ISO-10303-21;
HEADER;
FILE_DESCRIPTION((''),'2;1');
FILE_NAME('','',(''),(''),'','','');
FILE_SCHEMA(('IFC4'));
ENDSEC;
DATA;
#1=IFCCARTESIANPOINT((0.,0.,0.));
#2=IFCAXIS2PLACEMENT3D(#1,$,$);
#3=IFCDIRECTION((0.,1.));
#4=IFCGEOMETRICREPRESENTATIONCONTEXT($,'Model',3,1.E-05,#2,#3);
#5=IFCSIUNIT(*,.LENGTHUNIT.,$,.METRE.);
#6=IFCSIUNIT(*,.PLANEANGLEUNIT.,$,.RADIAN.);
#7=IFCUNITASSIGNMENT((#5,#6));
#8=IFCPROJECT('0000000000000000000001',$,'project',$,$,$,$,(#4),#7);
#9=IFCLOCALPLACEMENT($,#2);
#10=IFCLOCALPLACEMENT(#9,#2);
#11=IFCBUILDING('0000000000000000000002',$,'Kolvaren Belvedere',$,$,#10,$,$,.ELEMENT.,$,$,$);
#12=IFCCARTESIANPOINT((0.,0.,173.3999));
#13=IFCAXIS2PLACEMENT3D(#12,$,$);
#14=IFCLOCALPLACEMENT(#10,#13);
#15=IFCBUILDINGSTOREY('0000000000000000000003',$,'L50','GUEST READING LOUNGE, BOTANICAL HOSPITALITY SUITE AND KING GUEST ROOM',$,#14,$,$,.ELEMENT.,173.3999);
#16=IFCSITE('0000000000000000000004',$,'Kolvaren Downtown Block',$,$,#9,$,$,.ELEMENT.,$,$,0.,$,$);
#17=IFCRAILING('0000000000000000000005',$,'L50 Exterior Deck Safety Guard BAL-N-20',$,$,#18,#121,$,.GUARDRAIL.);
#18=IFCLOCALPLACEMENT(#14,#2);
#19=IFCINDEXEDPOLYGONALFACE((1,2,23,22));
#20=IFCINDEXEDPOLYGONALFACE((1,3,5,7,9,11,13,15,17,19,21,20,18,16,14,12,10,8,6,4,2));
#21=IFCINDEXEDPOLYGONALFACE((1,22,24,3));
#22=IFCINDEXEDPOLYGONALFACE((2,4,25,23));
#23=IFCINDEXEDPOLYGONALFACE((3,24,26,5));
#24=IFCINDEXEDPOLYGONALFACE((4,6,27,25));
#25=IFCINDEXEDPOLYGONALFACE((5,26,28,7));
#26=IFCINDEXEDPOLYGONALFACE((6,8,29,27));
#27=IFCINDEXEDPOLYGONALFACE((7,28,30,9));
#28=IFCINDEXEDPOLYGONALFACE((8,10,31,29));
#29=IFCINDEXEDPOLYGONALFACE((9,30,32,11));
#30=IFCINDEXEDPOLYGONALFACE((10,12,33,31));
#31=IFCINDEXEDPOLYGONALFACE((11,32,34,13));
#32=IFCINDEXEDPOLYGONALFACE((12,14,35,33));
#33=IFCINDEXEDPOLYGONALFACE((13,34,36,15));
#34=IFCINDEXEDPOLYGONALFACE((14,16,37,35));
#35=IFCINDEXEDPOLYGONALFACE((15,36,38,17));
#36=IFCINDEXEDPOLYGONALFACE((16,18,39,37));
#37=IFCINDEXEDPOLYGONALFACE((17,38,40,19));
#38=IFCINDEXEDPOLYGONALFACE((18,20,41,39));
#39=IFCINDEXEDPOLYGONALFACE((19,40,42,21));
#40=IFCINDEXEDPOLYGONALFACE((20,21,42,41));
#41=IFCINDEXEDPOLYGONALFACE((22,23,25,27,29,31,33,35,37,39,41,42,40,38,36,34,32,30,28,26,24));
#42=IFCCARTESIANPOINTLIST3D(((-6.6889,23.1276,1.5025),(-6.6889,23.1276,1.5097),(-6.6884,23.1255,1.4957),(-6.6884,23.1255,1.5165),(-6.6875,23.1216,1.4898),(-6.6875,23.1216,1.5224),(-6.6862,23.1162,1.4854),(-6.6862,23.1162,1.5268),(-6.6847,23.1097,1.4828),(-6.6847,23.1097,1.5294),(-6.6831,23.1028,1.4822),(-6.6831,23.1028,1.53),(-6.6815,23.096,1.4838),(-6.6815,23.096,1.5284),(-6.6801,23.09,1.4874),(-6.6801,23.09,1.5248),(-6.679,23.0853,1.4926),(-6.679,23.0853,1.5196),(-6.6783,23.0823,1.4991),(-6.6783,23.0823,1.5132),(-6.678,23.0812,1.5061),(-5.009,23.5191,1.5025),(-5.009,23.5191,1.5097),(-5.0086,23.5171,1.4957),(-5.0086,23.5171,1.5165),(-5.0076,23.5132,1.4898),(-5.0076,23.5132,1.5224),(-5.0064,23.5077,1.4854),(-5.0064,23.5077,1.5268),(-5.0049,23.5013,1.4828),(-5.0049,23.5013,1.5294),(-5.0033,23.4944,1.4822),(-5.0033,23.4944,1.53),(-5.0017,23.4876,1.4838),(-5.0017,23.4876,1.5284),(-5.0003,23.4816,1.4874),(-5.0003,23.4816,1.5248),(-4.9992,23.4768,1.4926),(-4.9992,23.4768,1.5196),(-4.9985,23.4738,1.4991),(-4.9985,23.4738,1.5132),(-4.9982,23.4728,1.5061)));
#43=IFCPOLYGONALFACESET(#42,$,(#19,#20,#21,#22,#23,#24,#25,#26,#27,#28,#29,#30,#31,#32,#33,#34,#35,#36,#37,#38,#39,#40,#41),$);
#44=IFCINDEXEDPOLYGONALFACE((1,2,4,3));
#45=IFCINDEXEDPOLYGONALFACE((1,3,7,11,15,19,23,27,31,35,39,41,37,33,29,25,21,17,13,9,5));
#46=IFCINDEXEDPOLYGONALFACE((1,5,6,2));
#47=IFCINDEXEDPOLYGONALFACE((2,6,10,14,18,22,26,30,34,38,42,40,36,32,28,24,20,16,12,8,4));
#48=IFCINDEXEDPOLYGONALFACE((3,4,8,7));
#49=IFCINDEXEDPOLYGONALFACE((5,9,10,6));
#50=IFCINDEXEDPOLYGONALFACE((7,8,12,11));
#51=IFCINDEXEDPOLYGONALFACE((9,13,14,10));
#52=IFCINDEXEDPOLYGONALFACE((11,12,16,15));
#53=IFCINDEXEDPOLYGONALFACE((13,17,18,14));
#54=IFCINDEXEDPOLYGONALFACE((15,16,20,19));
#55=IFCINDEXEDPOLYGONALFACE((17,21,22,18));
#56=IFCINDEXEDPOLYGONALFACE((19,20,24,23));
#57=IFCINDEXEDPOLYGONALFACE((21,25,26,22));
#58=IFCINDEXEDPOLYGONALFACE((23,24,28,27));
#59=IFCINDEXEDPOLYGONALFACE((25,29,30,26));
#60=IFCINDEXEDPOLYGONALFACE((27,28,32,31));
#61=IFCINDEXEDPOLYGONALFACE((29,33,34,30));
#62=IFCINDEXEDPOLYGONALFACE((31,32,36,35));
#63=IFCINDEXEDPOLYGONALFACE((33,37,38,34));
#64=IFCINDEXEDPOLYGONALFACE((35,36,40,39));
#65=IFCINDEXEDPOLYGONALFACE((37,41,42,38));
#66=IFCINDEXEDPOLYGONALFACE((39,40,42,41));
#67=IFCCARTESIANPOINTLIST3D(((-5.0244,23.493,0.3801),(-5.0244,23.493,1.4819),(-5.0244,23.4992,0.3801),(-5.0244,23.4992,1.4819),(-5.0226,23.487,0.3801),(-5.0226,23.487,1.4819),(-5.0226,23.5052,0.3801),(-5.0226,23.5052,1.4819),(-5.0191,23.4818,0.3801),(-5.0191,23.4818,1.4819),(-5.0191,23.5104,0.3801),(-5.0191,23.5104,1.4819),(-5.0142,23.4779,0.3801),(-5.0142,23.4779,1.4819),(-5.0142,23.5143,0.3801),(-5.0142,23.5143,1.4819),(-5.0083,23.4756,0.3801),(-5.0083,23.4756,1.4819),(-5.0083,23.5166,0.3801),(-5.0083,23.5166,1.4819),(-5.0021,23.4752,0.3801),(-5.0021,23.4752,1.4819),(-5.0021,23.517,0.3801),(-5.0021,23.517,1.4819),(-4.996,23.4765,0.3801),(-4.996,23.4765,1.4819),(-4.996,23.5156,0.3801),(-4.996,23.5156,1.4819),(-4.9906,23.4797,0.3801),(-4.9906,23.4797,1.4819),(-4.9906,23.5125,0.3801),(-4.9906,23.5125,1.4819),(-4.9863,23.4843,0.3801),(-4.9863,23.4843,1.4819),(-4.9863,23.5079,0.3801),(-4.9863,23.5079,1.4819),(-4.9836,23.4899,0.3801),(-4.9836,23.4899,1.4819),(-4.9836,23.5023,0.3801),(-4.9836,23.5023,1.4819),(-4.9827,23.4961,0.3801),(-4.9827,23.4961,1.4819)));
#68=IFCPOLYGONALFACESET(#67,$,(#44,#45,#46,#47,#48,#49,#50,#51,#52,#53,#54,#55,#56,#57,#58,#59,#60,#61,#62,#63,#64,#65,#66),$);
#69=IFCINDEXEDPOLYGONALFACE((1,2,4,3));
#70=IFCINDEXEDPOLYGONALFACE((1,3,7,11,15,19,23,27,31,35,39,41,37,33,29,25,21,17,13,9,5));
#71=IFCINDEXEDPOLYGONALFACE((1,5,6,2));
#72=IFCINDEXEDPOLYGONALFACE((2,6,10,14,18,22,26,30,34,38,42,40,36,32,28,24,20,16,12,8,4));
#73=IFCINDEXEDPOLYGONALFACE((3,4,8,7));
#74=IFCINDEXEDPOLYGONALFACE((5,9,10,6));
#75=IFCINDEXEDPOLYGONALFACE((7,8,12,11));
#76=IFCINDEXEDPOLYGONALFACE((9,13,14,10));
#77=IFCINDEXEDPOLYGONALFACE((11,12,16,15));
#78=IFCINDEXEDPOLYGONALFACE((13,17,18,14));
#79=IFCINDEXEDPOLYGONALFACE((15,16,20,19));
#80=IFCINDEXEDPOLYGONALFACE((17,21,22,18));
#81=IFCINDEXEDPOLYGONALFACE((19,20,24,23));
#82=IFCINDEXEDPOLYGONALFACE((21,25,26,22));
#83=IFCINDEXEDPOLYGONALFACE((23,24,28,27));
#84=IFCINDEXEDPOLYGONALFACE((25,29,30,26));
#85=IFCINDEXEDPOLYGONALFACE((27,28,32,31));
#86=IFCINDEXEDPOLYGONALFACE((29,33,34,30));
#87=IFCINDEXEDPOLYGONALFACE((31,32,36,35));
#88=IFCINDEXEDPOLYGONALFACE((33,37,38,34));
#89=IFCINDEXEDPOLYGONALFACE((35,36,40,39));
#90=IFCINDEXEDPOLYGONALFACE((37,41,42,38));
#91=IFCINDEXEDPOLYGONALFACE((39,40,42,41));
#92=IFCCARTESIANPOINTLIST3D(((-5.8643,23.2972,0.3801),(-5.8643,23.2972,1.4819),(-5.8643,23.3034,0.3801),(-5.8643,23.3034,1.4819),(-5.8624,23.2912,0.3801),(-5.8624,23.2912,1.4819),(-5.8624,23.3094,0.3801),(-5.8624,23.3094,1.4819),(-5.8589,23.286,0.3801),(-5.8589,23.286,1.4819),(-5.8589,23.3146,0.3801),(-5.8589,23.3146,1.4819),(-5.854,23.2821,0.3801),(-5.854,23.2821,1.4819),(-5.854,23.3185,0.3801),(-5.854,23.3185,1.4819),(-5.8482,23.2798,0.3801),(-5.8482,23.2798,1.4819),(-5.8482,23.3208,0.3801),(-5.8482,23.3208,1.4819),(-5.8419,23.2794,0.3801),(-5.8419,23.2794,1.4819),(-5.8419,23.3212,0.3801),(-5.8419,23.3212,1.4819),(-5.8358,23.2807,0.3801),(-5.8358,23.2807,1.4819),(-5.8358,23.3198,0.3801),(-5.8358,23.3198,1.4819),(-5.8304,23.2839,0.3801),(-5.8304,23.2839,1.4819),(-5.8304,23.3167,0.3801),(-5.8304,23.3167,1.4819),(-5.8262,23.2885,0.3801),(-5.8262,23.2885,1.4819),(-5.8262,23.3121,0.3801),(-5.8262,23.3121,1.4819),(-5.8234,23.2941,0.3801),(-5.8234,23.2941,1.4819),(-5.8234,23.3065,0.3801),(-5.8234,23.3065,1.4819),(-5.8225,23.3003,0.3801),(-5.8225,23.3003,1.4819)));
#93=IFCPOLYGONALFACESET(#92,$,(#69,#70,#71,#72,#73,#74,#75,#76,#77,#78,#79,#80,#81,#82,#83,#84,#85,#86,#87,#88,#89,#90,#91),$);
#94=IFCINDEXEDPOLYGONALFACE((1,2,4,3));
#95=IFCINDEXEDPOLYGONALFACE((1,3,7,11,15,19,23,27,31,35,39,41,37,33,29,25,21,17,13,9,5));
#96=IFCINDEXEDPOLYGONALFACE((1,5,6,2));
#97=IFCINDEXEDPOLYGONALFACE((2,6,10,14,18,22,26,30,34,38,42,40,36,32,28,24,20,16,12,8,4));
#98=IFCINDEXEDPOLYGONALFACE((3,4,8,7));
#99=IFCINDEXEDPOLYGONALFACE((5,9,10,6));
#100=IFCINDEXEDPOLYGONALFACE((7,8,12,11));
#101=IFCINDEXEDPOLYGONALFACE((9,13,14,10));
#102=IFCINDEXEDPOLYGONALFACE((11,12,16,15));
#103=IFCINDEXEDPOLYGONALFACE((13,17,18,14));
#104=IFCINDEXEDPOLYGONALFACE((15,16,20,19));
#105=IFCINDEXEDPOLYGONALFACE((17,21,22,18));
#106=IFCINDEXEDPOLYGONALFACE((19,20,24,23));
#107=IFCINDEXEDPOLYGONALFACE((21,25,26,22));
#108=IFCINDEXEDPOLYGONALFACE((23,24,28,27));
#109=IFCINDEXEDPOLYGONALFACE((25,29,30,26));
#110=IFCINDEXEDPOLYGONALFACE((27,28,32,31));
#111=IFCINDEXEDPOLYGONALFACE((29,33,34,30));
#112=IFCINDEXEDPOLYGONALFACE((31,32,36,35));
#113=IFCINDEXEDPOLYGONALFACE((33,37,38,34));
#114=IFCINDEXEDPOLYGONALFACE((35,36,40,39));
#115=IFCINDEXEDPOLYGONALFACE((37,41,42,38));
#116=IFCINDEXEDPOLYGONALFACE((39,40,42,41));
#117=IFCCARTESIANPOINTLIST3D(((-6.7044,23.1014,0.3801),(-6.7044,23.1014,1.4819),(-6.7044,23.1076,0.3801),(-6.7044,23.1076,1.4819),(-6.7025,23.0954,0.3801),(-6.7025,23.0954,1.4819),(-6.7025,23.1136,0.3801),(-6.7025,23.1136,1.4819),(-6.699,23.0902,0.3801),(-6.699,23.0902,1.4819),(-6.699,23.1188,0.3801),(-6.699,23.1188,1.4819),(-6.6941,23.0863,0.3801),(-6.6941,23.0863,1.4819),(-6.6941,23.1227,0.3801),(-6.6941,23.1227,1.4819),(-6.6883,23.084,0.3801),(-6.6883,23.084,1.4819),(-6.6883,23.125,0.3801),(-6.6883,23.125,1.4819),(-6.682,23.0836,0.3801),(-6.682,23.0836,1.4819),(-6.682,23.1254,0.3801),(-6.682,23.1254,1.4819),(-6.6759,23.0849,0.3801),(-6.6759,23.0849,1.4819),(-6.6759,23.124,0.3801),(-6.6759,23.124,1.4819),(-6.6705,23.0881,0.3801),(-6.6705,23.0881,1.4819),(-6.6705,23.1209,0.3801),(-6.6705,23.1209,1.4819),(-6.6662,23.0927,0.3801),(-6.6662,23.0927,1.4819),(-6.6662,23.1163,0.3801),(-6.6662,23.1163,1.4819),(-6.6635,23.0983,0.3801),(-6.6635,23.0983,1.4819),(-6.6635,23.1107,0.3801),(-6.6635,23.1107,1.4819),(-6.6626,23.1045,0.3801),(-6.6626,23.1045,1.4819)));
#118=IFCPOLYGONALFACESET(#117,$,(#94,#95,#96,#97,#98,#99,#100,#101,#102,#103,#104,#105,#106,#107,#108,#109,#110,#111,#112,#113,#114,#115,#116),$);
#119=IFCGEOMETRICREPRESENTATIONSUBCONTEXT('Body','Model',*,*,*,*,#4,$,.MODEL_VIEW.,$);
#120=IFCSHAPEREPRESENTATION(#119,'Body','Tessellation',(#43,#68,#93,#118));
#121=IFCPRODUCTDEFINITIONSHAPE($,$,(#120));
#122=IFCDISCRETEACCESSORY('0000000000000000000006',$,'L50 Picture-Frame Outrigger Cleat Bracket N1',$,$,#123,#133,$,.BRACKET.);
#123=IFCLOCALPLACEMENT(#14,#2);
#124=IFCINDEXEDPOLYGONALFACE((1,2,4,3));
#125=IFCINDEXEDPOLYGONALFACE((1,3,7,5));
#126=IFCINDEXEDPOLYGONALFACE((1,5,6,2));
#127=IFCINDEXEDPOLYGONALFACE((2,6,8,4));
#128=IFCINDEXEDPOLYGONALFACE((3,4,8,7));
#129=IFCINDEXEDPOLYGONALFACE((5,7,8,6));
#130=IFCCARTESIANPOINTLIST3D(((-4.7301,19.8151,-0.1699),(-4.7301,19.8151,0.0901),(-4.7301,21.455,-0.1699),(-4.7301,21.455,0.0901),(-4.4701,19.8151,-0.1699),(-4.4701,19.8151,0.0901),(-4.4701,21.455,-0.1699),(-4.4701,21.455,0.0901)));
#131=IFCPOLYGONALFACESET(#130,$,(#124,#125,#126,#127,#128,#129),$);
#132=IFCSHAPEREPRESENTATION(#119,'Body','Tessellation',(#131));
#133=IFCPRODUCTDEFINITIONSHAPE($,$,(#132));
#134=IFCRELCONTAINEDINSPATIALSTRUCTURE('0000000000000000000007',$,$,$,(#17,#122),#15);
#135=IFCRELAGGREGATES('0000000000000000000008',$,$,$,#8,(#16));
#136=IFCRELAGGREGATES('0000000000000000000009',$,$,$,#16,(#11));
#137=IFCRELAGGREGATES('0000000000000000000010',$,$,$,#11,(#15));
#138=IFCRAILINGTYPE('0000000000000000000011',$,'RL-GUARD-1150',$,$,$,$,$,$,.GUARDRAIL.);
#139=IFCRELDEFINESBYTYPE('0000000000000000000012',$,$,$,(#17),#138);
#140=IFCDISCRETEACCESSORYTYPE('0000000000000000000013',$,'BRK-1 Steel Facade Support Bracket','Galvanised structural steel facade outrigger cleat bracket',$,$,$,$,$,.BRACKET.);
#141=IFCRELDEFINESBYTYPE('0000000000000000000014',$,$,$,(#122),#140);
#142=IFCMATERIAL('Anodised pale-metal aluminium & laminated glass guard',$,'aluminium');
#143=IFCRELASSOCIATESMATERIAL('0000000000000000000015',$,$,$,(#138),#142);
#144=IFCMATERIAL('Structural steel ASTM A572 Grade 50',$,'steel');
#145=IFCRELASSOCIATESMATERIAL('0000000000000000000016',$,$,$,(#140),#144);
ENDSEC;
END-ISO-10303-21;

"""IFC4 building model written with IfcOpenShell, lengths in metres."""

from ifc_helpers import new_model, si_unit, direction, frame, origin, origin_2d, place, context, subcontext, project, spatial, rectangle, circle, extrude, material, type_object, element, save


model = new_model("IFC4")

# Units and contexts
model_context = context("Model", 3, precision=1e-05, world=origin(), true_north=direction((0.0, 1.0)))
body_context = subcontext(model_context, "Body", "Model", "MODEL_VIEW")
ifc_project = project(units=[si_unit("LENGTHUNIT", "METRE"), si_unit("PLANEANGLEUNIT", "RADIAN")], contexts=[model_context])

# Site, building, storey
site_placement = place(None, origin())
site = spatial("IfcSite", under=ifc_project, at=site_placement, Name="Kolvaren Downtown Block", CompositionType="ELEMENT", RefElevation=0.0)
building_placement = place(site_placement, origin())
building = spatial("IfcBuilding", under=site, at=building_placement, Name="Kolvaren Belvedere", CompositionType="ELEMENT")
storey_placement = place(building_placement, frame((0.0, 0.0, 173.3999)))
storey = spatial("IfcBuildingStorey", under=building, at=storey_placement, Name="L50", Description="GUEST READING LOUNGE, BOTANICAL HOSPITALITY SUITE AND KING GUEST ROOM", CompositionType="ELEMENT", Elevation=173.3999)

# Railing
ifc_material_1 = material(Name="Anodised pale-metal aluminium & laminated glass guard", Category="aluminium")
railing_type = type_object("IfcRailingType", Name="RL-GUARD-1150", PredefinedType="GUARDRAIL", material=ifc_material_1)
railing_1_placement = place(storey_placement, frame((-5.0037, 23.4961, 0.3801)))
element("IfcRailing", 1, at=railing_1_placement, inside=storey, type_object=railing_type, Name="L50 Exterior Deck Safety Guard BAL-N-20", PredefinedType="GUARDRAIL", context=body_context, shape_type="SweptSolid", body=[
    extrude(circle(Radius=0.0239, at=origin_2d()), frame((0.0, 0.0, 1.126), z_axis=(-0.97389, -0.227019, 0.0), x_axis=(0.227019, -0.97389, 0.0)), (0.0, 0.0, 1.0), 1.7249),
    extrude(circle(Radius=0.021, at=origin_2d()), origin(), (0.0, 0.0, 1.0), 1.1018),
    extrude(circle(Radius=0.021, at=origin_2d()), frame((-0.8398, -0.1958, 0.0)), (0.0, 0.0, 1.0), 1.1018),
    extrude(circle(Radius=0.021, at=origin_2d()), frame((-1.6799, -0.3916, 0.0)), (0.0, 0.0, 1.0), 1.1018),
])

# Discrete accessory
ifc_material_2 = material(Name="Structural steel ASTM A572 Grade 50", Category="steel")
discrete_accessory_type = type_object("IfcDiscreteAccessoryType", Name="BRK-1 Steel Facade Support Bracket", Description="Galvanised structural steel facade outrigger cleat bracket", PredefinedType="BRACKET", material=ifc_material_2)
discrete_accessory_placement = place(storey_placement, frame((-4.6001, 20.635, -0.1699), z_axis=(0.0, 0.0, 1.0), x_axis=(0.0, 1.0, 0.0)))
element("IfcDiscreteAccessory", 2, at=discrete_accessory_placement, inside=storey, type_object=discrete_accessory_type, Name="L50 Picture-Frame Outrigger Cleat Bracket N1", PredefinedType="BRACKET", context=body_context, shape_type="SweptSolid", body=[
    extrude(rectangle(XDim=1.6399, YDim=0.26, at=origin_2d()), origin(), (0.0, 0.0, 1.0), 0.26),
])

save(model, "model.ifc")
